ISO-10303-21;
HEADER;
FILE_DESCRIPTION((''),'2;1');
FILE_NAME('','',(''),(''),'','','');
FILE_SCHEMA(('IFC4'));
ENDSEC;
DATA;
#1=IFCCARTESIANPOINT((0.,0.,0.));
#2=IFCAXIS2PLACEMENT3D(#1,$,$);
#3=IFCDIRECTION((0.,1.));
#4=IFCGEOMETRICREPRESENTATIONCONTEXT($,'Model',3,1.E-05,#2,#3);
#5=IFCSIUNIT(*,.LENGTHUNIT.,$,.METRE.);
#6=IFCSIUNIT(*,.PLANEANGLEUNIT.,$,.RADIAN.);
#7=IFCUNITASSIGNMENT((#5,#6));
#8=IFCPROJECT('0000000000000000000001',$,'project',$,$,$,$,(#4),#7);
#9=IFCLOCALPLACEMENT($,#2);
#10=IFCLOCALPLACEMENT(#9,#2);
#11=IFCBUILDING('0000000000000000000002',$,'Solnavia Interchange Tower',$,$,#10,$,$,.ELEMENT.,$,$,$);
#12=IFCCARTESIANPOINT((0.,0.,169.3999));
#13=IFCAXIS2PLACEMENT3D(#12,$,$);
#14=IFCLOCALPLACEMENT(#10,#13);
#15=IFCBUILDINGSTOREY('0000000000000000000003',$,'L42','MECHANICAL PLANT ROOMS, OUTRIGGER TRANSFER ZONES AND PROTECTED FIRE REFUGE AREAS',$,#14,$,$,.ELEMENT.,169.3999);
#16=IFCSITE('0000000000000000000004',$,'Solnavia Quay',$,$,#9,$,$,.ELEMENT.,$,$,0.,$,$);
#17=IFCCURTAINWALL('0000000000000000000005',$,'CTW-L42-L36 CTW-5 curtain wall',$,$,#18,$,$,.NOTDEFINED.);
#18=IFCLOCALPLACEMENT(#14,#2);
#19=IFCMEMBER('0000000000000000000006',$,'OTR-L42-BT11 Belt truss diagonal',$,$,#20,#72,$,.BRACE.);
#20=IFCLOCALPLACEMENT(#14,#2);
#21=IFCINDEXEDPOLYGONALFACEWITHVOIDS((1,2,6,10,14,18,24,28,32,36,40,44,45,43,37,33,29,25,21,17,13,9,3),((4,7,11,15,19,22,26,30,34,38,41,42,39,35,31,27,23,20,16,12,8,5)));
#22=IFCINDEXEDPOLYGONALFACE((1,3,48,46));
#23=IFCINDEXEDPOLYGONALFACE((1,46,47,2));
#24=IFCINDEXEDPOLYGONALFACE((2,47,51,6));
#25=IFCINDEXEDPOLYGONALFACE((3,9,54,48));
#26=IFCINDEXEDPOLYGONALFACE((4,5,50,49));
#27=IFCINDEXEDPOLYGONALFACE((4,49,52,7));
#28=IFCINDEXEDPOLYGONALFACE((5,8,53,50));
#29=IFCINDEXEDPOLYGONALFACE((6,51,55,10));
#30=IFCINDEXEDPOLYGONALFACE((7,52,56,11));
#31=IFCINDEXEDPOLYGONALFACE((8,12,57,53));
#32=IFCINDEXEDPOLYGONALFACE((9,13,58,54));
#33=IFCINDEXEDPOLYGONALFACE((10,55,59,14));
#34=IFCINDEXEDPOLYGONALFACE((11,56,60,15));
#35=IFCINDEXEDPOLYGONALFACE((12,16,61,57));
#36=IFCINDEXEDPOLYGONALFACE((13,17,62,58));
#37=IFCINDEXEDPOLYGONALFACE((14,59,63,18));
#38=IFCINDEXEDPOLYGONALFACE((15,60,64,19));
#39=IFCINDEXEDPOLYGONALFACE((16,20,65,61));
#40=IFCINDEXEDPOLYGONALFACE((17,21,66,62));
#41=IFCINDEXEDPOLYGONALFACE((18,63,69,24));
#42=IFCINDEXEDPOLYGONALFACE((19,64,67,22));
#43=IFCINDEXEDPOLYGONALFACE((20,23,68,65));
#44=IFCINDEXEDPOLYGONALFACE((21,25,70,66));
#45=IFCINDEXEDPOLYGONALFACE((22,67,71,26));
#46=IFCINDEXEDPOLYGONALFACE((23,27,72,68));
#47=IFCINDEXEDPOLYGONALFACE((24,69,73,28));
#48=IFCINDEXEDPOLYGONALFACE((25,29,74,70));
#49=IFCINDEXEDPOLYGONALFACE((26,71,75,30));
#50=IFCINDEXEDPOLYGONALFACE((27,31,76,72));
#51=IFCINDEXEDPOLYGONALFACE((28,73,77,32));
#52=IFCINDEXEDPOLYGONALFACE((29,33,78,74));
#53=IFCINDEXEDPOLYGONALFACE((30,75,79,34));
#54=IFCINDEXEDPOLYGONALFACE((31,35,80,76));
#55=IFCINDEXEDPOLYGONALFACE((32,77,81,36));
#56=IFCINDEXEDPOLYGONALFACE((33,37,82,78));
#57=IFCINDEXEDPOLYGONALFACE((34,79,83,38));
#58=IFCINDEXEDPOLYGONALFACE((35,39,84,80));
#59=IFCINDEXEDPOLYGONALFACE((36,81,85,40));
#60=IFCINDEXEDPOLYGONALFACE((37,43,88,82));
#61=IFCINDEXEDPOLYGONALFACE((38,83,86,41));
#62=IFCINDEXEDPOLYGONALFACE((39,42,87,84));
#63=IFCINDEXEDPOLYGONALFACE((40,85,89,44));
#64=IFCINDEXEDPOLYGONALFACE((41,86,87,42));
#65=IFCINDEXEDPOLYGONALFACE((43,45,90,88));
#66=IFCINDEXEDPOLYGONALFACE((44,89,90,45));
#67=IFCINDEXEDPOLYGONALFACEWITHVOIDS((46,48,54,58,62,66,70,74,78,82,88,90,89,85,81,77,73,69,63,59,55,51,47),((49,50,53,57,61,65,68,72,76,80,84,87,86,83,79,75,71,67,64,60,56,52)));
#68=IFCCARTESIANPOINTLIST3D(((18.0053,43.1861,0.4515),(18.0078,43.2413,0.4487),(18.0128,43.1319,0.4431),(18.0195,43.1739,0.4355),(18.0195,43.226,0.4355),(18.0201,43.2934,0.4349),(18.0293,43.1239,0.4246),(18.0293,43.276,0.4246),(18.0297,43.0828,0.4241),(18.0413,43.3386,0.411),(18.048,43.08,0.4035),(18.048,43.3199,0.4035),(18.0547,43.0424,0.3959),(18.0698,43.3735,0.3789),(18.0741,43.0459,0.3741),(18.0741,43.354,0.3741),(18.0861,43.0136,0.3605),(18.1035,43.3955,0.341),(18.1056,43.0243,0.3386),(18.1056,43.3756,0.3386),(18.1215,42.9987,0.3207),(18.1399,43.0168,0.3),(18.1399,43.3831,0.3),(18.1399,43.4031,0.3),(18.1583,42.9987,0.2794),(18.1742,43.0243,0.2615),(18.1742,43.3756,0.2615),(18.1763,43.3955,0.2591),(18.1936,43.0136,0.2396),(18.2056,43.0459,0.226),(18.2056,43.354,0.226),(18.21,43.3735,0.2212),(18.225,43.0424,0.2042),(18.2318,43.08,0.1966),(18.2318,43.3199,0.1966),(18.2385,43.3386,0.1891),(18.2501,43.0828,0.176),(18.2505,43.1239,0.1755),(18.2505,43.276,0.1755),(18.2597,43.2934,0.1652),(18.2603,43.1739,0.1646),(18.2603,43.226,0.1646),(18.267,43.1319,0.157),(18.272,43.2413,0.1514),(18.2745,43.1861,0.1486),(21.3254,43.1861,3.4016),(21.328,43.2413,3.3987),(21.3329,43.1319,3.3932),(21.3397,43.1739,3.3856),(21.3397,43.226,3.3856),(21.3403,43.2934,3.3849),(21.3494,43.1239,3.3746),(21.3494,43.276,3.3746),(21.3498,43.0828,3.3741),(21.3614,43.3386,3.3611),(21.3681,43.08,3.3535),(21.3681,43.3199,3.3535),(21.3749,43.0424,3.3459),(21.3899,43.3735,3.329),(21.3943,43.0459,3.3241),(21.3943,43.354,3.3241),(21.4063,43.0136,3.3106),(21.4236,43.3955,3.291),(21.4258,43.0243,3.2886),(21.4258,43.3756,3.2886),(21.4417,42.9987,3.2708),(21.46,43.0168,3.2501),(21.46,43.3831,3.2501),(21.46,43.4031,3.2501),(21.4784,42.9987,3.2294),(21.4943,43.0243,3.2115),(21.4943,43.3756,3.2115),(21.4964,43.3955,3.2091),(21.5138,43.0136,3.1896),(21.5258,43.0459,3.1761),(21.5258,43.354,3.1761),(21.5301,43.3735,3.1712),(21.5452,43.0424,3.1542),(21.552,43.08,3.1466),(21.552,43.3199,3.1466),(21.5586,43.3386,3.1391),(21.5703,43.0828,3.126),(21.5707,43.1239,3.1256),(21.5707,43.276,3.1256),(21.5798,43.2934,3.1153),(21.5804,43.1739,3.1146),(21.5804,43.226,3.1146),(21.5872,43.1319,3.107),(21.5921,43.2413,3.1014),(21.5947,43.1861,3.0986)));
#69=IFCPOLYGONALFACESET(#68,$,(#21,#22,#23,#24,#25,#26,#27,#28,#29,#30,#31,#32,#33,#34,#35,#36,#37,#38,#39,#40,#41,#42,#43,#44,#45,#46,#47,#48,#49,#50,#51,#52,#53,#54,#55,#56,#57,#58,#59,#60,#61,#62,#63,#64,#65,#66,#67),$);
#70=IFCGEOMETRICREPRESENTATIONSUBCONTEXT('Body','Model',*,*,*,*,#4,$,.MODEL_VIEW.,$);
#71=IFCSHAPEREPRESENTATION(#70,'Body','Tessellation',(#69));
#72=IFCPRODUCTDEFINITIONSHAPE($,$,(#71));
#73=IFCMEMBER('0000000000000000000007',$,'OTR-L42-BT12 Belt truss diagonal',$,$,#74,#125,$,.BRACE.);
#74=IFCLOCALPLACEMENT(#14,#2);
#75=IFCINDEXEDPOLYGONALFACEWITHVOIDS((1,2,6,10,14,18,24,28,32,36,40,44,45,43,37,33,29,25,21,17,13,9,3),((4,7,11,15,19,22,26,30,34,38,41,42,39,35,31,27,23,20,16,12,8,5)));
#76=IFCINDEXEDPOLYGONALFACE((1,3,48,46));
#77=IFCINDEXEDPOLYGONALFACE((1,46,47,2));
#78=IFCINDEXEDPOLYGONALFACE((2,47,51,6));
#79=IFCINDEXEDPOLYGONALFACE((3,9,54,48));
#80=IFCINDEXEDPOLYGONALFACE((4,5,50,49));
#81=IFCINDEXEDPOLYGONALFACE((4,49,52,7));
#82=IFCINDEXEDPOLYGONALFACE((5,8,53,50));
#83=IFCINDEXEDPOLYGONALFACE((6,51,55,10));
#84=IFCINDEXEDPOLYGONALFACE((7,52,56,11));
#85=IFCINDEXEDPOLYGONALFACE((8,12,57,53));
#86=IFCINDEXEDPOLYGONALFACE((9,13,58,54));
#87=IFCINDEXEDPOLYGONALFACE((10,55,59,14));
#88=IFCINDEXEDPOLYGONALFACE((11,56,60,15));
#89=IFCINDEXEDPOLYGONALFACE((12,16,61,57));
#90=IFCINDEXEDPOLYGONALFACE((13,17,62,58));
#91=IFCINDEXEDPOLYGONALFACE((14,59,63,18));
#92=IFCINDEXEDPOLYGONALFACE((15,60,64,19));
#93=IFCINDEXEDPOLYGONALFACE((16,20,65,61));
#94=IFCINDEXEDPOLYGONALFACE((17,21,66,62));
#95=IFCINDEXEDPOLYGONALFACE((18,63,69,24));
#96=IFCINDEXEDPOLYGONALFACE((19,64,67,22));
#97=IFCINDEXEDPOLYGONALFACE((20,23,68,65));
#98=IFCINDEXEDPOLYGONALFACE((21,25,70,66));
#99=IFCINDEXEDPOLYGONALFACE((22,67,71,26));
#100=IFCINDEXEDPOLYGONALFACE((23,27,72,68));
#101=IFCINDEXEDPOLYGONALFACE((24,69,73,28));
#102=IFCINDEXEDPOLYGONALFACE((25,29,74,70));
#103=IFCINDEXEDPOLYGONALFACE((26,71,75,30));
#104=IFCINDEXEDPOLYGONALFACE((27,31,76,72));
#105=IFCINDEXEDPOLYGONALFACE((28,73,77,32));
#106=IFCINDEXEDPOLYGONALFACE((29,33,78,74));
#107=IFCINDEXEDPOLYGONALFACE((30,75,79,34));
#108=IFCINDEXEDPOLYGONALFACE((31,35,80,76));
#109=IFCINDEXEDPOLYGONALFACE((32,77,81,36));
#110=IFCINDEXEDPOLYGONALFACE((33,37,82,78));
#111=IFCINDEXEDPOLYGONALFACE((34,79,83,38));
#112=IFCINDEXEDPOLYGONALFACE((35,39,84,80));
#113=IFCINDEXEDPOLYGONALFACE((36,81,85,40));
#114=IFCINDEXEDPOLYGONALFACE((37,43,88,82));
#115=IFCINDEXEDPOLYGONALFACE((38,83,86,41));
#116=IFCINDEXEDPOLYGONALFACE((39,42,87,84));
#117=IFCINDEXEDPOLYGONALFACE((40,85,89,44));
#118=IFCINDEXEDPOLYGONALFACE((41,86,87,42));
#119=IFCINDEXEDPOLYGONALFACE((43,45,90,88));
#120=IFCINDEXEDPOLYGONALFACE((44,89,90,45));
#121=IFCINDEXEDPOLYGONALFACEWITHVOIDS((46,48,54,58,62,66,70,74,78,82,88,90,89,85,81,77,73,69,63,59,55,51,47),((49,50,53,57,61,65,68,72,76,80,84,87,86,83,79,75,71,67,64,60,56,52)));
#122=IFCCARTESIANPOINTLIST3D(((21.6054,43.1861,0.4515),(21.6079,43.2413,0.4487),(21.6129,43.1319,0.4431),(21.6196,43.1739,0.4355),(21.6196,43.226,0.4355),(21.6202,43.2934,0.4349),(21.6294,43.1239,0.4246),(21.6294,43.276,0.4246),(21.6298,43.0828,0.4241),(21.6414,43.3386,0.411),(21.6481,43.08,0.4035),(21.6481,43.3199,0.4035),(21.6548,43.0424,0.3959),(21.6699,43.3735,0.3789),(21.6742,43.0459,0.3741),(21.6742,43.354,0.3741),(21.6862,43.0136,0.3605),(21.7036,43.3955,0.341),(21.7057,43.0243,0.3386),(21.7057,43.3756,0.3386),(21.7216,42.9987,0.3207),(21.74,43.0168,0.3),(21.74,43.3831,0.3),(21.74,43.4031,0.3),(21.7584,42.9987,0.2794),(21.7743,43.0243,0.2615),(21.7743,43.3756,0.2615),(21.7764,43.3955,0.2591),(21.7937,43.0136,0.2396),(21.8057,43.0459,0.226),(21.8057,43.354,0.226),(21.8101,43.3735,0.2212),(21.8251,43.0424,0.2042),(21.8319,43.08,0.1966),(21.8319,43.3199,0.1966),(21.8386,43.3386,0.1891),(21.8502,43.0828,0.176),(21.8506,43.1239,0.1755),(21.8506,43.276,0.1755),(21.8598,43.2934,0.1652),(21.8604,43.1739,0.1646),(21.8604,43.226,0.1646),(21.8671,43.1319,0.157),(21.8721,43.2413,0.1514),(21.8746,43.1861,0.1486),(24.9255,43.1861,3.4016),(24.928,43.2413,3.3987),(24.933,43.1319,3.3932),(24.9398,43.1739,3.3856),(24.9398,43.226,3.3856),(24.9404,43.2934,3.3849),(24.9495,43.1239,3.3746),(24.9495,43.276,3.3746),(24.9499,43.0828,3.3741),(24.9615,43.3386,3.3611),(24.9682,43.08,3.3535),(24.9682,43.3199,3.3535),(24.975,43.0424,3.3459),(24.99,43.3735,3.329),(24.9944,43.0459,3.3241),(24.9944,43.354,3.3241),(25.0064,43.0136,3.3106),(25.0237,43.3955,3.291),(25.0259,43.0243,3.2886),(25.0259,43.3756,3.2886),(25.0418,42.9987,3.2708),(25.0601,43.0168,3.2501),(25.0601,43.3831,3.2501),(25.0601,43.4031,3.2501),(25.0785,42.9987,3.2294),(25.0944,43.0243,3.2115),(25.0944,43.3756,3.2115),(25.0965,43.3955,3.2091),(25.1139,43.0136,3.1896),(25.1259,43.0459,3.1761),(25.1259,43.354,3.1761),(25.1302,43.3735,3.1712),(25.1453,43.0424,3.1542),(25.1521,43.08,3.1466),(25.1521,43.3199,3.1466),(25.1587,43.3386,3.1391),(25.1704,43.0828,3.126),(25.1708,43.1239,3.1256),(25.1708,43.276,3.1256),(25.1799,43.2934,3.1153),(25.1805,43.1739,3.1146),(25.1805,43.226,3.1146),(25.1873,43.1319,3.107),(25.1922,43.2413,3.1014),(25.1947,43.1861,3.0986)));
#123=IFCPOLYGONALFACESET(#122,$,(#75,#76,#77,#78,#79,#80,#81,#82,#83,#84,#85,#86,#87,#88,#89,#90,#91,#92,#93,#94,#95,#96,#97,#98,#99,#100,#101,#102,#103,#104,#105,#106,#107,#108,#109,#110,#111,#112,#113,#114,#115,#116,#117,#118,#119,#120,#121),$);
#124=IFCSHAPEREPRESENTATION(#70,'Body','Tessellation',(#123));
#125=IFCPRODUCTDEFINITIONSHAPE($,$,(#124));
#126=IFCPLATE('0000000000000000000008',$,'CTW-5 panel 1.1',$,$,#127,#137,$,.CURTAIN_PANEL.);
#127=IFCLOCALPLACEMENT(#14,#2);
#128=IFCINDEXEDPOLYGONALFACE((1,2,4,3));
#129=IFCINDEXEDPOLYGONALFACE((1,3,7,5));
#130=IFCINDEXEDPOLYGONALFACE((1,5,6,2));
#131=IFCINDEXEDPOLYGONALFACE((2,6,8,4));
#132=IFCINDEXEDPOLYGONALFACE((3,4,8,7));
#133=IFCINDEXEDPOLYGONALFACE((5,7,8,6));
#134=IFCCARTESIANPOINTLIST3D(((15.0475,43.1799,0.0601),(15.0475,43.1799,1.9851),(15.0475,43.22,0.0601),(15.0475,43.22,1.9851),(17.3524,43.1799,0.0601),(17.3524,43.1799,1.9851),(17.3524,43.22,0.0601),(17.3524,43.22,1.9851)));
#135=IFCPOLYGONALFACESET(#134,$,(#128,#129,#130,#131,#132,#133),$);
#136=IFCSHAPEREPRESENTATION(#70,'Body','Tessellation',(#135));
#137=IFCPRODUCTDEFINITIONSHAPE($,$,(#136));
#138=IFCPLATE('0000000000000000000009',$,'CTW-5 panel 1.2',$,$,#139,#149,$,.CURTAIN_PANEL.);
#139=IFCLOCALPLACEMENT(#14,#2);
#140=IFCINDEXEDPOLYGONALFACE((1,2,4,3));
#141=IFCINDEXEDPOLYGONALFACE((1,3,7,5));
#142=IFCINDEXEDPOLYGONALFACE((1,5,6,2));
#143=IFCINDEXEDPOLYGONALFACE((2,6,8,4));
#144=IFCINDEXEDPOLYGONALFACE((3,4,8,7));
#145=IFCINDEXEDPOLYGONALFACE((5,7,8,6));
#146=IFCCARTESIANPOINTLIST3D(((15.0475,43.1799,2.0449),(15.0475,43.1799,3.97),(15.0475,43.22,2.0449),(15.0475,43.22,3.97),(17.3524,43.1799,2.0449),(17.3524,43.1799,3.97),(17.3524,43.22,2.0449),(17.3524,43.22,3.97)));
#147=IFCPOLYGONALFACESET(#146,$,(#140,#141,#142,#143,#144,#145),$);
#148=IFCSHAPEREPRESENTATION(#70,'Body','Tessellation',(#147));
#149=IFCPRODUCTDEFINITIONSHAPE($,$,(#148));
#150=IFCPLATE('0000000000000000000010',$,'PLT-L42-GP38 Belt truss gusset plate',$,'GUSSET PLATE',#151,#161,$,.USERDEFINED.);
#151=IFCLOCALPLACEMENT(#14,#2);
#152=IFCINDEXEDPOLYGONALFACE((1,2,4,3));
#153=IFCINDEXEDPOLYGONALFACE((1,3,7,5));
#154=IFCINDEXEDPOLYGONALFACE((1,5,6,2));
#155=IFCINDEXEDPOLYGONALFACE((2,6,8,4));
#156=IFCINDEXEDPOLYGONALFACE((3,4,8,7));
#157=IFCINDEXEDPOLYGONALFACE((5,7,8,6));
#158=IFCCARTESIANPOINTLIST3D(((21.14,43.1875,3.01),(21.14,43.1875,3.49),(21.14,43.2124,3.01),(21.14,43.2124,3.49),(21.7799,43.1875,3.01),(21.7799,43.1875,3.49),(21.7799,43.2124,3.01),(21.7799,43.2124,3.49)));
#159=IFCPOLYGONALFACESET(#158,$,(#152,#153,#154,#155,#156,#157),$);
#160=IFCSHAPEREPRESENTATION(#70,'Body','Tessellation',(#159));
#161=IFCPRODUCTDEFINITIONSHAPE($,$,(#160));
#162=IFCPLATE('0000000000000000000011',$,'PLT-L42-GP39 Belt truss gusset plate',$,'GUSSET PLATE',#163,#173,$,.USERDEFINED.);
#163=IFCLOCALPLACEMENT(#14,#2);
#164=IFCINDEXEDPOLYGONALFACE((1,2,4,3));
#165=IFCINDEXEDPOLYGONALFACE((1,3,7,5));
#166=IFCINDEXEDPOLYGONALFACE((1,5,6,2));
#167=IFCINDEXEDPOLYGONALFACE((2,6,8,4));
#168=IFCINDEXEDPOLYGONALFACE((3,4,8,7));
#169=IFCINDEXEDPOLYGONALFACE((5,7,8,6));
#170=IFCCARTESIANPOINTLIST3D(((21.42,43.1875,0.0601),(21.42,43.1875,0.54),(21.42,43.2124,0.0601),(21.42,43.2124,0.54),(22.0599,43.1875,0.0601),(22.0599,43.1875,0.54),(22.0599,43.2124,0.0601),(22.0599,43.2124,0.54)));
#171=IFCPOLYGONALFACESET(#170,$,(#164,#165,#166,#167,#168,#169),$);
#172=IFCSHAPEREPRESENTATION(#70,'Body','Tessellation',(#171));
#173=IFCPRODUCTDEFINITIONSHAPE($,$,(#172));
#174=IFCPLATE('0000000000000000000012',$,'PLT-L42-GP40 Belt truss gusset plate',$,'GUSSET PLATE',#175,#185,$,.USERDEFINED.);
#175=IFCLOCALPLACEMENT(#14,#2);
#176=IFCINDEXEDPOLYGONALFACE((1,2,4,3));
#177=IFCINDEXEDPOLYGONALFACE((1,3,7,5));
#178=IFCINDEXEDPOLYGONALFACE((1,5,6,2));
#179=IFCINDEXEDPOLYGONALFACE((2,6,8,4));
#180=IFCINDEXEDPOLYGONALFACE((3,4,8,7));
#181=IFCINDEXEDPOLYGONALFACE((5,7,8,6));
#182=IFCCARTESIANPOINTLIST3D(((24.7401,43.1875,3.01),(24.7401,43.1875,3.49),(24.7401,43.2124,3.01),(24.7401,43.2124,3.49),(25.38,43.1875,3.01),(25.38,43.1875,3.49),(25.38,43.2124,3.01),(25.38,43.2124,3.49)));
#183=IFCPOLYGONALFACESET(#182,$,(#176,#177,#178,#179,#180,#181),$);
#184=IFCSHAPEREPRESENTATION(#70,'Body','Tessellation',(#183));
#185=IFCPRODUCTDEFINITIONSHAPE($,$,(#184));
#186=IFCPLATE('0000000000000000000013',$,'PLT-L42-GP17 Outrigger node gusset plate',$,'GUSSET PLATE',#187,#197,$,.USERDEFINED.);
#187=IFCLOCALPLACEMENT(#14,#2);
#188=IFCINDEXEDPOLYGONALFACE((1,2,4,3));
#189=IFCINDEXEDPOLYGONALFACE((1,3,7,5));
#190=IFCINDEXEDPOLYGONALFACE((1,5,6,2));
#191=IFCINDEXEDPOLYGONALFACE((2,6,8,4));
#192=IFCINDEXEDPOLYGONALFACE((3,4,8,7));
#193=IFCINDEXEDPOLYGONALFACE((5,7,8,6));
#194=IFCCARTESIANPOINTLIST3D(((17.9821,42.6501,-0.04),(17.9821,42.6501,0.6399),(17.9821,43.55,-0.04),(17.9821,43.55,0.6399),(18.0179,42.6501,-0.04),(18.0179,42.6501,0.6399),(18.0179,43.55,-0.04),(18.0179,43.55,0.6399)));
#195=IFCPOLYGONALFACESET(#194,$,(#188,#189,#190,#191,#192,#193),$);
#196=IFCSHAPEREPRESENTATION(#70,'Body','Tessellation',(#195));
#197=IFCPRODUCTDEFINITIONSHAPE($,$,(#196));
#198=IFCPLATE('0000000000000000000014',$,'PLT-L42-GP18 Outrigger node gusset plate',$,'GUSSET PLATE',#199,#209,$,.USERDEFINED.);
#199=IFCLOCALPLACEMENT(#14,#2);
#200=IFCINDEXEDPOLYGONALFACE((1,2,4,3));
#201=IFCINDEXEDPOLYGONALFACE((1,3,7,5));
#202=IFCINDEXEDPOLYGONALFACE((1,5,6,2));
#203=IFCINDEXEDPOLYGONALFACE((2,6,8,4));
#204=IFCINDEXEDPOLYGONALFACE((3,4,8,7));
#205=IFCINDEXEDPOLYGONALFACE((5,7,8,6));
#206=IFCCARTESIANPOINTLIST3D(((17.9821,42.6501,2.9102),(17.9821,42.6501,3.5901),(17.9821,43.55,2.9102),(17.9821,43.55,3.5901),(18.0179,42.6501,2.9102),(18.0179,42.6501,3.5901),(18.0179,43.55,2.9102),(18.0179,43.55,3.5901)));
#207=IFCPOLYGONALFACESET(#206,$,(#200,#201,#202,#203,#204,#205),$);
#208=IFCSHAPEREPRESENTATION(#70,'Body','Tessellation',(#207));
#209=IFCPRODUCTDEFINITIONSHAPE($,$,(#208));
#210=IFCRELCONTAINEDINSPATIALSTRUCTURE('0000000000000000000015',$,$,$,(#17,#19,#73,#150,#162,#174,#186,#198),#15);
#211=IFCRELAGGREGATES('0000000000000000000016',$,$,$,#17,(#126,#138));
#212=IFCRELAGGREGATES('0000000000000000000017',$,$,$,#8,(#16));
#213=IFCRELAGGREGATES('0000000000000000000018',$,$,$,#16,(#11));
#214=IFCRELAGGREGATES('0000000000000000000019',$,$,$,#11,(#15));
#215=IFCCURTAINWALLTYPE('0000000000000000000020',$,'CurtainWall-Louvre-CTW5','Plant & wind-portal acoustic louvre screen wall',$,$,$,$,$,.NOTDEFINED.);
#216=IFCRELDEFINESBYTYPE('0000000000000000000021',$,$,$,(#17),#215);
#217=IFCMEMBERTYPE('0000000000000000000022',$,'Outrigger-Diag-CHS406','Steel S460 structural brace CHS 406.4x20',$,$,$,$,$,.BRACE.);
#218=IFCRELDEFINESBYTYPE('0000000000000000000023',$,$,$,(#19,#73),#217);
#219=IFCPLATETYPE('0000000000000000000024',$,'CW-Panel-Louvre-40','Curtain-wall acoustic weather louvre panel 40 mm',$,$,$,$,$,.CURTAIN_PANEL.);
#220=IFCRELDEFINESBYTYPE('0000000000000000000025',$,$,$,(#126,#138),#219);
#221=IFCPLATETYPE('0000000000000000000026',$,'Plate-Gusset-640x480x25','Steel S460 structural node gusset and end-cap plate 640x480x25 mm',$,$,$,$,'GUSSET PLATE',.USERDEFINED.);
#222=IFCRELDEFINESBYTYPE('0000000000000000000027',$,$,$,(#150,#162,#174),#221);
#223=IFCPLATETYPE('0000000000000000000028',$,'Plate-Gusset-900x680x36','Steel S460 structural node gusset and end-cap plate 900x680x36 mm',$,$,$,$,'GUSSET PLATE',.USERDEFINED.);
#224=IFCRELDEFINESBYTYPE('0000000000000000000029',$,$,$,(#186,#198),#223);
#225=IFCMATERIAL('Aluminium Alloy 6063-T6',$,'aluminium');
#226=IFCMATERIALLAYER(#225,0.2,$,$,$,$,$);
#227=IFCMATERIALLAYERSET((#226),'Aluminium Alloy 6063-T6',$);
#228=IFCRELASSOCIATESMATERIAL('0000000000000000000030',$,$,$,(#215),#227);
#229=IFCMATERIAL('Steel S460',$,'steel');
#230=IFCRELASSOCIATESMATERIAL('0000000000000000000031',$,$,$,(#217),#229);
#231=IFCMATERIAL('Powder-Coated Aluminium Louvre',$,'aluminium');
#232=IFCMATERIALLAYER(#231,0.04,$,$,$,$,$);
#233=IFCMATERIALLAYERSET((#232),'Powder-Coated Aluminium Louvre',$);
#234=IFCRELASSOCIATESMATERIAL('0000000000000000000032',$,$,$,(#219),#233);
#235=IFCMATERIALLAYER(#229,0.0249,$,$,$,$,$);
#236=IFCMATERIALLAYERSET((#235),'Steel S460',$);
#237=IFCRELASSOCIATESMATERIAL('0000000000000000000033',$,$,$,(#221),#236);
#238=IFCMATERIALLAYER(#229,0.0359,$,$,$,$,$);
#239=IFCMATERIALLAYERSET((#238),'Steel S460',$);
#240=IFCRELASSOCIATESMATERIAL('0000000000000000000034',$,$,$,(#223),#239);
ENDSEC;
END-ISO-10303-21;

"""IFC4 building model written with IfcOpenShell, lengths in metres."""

from ifc_helpers import new_model, si_unit, direction, frame, origin, origin_2d, place, context, subcontext, project, spatial, rectangle, hollow_circle, extrude, material, layer, layer_set, material_profile, profile_set, type_object, element, aggregate, save


model = new_model("IFC4")

# Units and contexts
model_context = context("Model", 3, precision=1e-05, world=origin(), true_north=direction((0.0, 1.0)))
body_context = subcontext(model_context, "Body", "Model", "MODEL_VIEW")
ifc_project = project(units=[si_unit("LENGTHUNIT", "METRE"), si_unit("PLANEANGLEUNIT", "RADIAN")], contexts=[model_context])

# Site, building, storey
site_placement = place(None, origin())
site = spatial("IfcSite", under=ifc_project, at=site_placement, Name="Solnavia Quay", CompositionType="ELEMENT", RefElevation=0.0)
building_placement = place(site_placement, origin())
building = spatial("IfcBuilding", under=site, at=building_placement, Name="Solnavia Interchange Tower", CompositionType="ELEMENT")
storey_placement = place(building_placement, frame((0.0, 0.0, 169.3999)))
storey = spatial("IfcBuildingStorey", under=building, at=storey_placement, Name="L42", Description="MECHANICAL PLANT ROOMS, OUTRIGGER TRANSFER ZONES AND PROTECTED FIRE REFUGE AREAS", CompositionType="ELEMENT", Elevation=169.3999)

# Curtain wall
ifc_material_1 = material(Name="Aluminium Alloy 6063-T6", Category="aluminium")
ifc_layer_1 = layer(ifc_material_1, 0.2)
ifc_layer_set_1 = layer_set([ifc_layer_1], Name="Aluminium Alloy 6063-T6")
curtain_wall_type = type_object("IfcCurtainWallType", Name="CurtainWall-Louvre-CTW5", Description="Plant & wind-portal acoustic louvre screen wall", PredefinedType="NOTDEFINED", material=ifc_layer_set_1)
curtain_wall_placement = place(storey_placement, origin())
curtain_wall = element("IfcCurtainWall", 1, at=curtain_wall_placement, inside=storey, type_object=curtain_wall_type, Name="CTW-L42-L36 CTW-5 curtain wall", PredefinedType="NOTDEFINED")

# Members
ifc_material_2 = material(Name="Steel S460", Category="steel")
ifc_material_profile_1 = material_profile(ifc_material_2, hollow_circle(Radius=0.2031, WallThickness=0.02, at=origin_2d()), Name="CHS 406.4x20")
ifc_profile_set_1 = profile_set([ifc_material_profile_1], Name="Steel S460")
member_type_1 = type_object("IfcMemberType", Name="Outrigger-Diag-CHS406", Description="Steel S460 structural brace CHS 406.4x20", PredefinedType="BRACE", material=ifc_profile_set_1)
for number, where, z_axis, x_axis, name in (
    (2, (18.1399, 43.2, 0.3), (0.747546, 0.0, 0.66421), (0.0, 1.0, 0.0), "OTR-L42-BT11 Belt truss diagonal"),
    (3, (21.74, 43.2, 0.3), (0.747546, 0.0, 0.66421), (0.0, 1.0, 0.0), "OTR-L42-BT12 Belt truss diagonal"),
):
    element("IfcMember", number, at=place(storey_placement, frame(where, z_axis=z_axis, x_axis=x_axis)), inside=storey, type_object=member_type_1, Name=name, PredefinedType="BRACE", context=body_context, shape_type="SweptSolid", body=[
        extrude(hollow_circle(Radius=0.2031, WallThickness=0.02, at=origin_2d()), origin(), (0.0, 0.0, 1.0), 4.4414),
    ])

# Plates
ifc_material_3 = material(Name="Powder-Coated Aluminium Louvre", Category="aluminium")
ifc_layer_2 = layer(ifc_material_3, 0.04)
ifc_layer_set_2 = layer_set([ifc_layer_2], Name="Powder-Coated Aluminium Louvre")
plate_type_1 = type_object("IfcPlateType", Name="CW-Panel-Louvre-40", Description="Curtain-wall acoustic weather louvre panel 40 mm", PredefinedType="CURTAIN_PANEL", material=ifc_layer_set_2)
plate_1_placement = place(storey_placement, frame((16.2, 43.2, 0.0601), z_axis=(0.0, 0.0, 1.0), x_axis=(-1.0, 0.0, 0.0)))
plate_1 = element("IfcPlate", 4, at=plate_1_placement, type_object=plate_type_1, Name="CTW-5 panel 1.1", PredefinedType="CURTAIN_PANEL", context=body_context, shape_type="SweptSolid", body=[
    extrude(rectangle(XDim=2.3049, YDim=0.04, at=origin_2d()), origin(), (0.0, 0.0, 1.0), 1.925),
])
plate_2_placement = place(storey_placement, frame((16.2, 43.2, 2.0449), z_axis=(0.0, 0.0, 1.0), x_axis=(-1.0, 0.0, 0.0)))
plate_2 = element("IfcPlate", 5, at=plate_2_placement, type_object=plate_type_1, Name="CTW-5 panel 1.2", PredefinedType="CURTAIN_PANEL", context=body_context, shape_type="SweptSolid", body=[
    extrude(rectangle(XDim=2.3049, YDim=0.04, at=origin_2d()), origin(), (0.0, 0.0, 1.0), 1.925),
])
aggregate(curtain_wall, [plate_1, plate_2])

# Plates
ifc_layer_3 = layer(ifc_material_2, 0.0249)
ifc_layer_set_3 = layer_set([ifc_layer_3], Name="Steel S460")
plate_type_2 = type_object("IfcPlateType", Name="Plate-Gusset-640x480x25", Description="Steel S460 structural node gusset and end-cap plate 640x480x25 mm", ElementType="GUSSET PLATE", PredefinedType="USERDEFINED", material=ifc_layer_set_3)
for number, where, z_axis, x_axis, name in (
    (6, (21.46, 43.2, 3.01), (0.0, 0.0, 1.0), (1.0, 0.0, 0.0), "PLT-L42-GP38 Belt truss gusset plate"),
    (7, (21.74, 43.2, 0.0601), (0.0, 0.0, 1.0), (1.0, 0.0, 0.0), "PLT-L42-GP39 Belt truss gusset plate"),
    (8, (25.0601, 43.2, 3.01), (0.0, 0.0, 1.0), (1.0, 0.0, 0.0), "PLT-L42-GP40 Belt truss gusset plate"),
):
    element("IfcPlate", number, at=place(storey_placement, frame(where, z_axis=z_axis, x_axis=x_axis)), inside=storey, type_object=plate_type_2, Name=name, ObjectType="GUSSET PLATE", PredefinedType="USERDEFINED", context=body_context, shape_type="SweptSolid", body=[
        extrude(rectangle(XDim=0.6399, YDim=0.0249, at=origin_2d()), origin(), (0.0, 0.0, 1.0), 0.48),
    ])
ifc_layer_4 = layer(ifc_material_2, 0.0359)
ifc_layer_set_4 = layer_set([ifc_layer_4], Name="Steel S460")
plate_type_3 = type_object("IfcPlateType", Name="Plate-Gusset-900x680x36", Description="Steel S460 structural node gusset and end-cap plate 900x680x36 mm", ElementType="GUSSET PLATE", PredefinedType="USERDEFINED", material=ifc_layer_set_4)
for number, where, z_axis, x_axis, name in (
    (9, (18.0, 43.1001, -0.04), (0.0, 0.0, 1.0), (0.0, 1.0, 0.0), "PLT-L42-GP17 Outrigger node gusset plate"),
    (10, (18.0, 43.1001, 2.9102), (0.0, 0.0, 1.0), (0.0, 1.0, 0.0), "PLT-L42-GP18 Outrigger node gusset plate"),
):
    element("IfcPlate", number, at=place(storey_placement, frame(where, z_axis=z_axis, x_axis=x_axis)), inside=storey, type_object=plate_type_3, Name=name, ObjectType="GUSSET PLATE", PredefinedType="USERDEFINED", context=body_context, shape_type="SweptSolid", body=[
        extrude(rectangle(XDim=0.8999, YDim=0.0359, at=origin_2d()), origin(), (0.0, 0.0, 1.0), 0.6799),
    ])

save(model, "model.ifc")
